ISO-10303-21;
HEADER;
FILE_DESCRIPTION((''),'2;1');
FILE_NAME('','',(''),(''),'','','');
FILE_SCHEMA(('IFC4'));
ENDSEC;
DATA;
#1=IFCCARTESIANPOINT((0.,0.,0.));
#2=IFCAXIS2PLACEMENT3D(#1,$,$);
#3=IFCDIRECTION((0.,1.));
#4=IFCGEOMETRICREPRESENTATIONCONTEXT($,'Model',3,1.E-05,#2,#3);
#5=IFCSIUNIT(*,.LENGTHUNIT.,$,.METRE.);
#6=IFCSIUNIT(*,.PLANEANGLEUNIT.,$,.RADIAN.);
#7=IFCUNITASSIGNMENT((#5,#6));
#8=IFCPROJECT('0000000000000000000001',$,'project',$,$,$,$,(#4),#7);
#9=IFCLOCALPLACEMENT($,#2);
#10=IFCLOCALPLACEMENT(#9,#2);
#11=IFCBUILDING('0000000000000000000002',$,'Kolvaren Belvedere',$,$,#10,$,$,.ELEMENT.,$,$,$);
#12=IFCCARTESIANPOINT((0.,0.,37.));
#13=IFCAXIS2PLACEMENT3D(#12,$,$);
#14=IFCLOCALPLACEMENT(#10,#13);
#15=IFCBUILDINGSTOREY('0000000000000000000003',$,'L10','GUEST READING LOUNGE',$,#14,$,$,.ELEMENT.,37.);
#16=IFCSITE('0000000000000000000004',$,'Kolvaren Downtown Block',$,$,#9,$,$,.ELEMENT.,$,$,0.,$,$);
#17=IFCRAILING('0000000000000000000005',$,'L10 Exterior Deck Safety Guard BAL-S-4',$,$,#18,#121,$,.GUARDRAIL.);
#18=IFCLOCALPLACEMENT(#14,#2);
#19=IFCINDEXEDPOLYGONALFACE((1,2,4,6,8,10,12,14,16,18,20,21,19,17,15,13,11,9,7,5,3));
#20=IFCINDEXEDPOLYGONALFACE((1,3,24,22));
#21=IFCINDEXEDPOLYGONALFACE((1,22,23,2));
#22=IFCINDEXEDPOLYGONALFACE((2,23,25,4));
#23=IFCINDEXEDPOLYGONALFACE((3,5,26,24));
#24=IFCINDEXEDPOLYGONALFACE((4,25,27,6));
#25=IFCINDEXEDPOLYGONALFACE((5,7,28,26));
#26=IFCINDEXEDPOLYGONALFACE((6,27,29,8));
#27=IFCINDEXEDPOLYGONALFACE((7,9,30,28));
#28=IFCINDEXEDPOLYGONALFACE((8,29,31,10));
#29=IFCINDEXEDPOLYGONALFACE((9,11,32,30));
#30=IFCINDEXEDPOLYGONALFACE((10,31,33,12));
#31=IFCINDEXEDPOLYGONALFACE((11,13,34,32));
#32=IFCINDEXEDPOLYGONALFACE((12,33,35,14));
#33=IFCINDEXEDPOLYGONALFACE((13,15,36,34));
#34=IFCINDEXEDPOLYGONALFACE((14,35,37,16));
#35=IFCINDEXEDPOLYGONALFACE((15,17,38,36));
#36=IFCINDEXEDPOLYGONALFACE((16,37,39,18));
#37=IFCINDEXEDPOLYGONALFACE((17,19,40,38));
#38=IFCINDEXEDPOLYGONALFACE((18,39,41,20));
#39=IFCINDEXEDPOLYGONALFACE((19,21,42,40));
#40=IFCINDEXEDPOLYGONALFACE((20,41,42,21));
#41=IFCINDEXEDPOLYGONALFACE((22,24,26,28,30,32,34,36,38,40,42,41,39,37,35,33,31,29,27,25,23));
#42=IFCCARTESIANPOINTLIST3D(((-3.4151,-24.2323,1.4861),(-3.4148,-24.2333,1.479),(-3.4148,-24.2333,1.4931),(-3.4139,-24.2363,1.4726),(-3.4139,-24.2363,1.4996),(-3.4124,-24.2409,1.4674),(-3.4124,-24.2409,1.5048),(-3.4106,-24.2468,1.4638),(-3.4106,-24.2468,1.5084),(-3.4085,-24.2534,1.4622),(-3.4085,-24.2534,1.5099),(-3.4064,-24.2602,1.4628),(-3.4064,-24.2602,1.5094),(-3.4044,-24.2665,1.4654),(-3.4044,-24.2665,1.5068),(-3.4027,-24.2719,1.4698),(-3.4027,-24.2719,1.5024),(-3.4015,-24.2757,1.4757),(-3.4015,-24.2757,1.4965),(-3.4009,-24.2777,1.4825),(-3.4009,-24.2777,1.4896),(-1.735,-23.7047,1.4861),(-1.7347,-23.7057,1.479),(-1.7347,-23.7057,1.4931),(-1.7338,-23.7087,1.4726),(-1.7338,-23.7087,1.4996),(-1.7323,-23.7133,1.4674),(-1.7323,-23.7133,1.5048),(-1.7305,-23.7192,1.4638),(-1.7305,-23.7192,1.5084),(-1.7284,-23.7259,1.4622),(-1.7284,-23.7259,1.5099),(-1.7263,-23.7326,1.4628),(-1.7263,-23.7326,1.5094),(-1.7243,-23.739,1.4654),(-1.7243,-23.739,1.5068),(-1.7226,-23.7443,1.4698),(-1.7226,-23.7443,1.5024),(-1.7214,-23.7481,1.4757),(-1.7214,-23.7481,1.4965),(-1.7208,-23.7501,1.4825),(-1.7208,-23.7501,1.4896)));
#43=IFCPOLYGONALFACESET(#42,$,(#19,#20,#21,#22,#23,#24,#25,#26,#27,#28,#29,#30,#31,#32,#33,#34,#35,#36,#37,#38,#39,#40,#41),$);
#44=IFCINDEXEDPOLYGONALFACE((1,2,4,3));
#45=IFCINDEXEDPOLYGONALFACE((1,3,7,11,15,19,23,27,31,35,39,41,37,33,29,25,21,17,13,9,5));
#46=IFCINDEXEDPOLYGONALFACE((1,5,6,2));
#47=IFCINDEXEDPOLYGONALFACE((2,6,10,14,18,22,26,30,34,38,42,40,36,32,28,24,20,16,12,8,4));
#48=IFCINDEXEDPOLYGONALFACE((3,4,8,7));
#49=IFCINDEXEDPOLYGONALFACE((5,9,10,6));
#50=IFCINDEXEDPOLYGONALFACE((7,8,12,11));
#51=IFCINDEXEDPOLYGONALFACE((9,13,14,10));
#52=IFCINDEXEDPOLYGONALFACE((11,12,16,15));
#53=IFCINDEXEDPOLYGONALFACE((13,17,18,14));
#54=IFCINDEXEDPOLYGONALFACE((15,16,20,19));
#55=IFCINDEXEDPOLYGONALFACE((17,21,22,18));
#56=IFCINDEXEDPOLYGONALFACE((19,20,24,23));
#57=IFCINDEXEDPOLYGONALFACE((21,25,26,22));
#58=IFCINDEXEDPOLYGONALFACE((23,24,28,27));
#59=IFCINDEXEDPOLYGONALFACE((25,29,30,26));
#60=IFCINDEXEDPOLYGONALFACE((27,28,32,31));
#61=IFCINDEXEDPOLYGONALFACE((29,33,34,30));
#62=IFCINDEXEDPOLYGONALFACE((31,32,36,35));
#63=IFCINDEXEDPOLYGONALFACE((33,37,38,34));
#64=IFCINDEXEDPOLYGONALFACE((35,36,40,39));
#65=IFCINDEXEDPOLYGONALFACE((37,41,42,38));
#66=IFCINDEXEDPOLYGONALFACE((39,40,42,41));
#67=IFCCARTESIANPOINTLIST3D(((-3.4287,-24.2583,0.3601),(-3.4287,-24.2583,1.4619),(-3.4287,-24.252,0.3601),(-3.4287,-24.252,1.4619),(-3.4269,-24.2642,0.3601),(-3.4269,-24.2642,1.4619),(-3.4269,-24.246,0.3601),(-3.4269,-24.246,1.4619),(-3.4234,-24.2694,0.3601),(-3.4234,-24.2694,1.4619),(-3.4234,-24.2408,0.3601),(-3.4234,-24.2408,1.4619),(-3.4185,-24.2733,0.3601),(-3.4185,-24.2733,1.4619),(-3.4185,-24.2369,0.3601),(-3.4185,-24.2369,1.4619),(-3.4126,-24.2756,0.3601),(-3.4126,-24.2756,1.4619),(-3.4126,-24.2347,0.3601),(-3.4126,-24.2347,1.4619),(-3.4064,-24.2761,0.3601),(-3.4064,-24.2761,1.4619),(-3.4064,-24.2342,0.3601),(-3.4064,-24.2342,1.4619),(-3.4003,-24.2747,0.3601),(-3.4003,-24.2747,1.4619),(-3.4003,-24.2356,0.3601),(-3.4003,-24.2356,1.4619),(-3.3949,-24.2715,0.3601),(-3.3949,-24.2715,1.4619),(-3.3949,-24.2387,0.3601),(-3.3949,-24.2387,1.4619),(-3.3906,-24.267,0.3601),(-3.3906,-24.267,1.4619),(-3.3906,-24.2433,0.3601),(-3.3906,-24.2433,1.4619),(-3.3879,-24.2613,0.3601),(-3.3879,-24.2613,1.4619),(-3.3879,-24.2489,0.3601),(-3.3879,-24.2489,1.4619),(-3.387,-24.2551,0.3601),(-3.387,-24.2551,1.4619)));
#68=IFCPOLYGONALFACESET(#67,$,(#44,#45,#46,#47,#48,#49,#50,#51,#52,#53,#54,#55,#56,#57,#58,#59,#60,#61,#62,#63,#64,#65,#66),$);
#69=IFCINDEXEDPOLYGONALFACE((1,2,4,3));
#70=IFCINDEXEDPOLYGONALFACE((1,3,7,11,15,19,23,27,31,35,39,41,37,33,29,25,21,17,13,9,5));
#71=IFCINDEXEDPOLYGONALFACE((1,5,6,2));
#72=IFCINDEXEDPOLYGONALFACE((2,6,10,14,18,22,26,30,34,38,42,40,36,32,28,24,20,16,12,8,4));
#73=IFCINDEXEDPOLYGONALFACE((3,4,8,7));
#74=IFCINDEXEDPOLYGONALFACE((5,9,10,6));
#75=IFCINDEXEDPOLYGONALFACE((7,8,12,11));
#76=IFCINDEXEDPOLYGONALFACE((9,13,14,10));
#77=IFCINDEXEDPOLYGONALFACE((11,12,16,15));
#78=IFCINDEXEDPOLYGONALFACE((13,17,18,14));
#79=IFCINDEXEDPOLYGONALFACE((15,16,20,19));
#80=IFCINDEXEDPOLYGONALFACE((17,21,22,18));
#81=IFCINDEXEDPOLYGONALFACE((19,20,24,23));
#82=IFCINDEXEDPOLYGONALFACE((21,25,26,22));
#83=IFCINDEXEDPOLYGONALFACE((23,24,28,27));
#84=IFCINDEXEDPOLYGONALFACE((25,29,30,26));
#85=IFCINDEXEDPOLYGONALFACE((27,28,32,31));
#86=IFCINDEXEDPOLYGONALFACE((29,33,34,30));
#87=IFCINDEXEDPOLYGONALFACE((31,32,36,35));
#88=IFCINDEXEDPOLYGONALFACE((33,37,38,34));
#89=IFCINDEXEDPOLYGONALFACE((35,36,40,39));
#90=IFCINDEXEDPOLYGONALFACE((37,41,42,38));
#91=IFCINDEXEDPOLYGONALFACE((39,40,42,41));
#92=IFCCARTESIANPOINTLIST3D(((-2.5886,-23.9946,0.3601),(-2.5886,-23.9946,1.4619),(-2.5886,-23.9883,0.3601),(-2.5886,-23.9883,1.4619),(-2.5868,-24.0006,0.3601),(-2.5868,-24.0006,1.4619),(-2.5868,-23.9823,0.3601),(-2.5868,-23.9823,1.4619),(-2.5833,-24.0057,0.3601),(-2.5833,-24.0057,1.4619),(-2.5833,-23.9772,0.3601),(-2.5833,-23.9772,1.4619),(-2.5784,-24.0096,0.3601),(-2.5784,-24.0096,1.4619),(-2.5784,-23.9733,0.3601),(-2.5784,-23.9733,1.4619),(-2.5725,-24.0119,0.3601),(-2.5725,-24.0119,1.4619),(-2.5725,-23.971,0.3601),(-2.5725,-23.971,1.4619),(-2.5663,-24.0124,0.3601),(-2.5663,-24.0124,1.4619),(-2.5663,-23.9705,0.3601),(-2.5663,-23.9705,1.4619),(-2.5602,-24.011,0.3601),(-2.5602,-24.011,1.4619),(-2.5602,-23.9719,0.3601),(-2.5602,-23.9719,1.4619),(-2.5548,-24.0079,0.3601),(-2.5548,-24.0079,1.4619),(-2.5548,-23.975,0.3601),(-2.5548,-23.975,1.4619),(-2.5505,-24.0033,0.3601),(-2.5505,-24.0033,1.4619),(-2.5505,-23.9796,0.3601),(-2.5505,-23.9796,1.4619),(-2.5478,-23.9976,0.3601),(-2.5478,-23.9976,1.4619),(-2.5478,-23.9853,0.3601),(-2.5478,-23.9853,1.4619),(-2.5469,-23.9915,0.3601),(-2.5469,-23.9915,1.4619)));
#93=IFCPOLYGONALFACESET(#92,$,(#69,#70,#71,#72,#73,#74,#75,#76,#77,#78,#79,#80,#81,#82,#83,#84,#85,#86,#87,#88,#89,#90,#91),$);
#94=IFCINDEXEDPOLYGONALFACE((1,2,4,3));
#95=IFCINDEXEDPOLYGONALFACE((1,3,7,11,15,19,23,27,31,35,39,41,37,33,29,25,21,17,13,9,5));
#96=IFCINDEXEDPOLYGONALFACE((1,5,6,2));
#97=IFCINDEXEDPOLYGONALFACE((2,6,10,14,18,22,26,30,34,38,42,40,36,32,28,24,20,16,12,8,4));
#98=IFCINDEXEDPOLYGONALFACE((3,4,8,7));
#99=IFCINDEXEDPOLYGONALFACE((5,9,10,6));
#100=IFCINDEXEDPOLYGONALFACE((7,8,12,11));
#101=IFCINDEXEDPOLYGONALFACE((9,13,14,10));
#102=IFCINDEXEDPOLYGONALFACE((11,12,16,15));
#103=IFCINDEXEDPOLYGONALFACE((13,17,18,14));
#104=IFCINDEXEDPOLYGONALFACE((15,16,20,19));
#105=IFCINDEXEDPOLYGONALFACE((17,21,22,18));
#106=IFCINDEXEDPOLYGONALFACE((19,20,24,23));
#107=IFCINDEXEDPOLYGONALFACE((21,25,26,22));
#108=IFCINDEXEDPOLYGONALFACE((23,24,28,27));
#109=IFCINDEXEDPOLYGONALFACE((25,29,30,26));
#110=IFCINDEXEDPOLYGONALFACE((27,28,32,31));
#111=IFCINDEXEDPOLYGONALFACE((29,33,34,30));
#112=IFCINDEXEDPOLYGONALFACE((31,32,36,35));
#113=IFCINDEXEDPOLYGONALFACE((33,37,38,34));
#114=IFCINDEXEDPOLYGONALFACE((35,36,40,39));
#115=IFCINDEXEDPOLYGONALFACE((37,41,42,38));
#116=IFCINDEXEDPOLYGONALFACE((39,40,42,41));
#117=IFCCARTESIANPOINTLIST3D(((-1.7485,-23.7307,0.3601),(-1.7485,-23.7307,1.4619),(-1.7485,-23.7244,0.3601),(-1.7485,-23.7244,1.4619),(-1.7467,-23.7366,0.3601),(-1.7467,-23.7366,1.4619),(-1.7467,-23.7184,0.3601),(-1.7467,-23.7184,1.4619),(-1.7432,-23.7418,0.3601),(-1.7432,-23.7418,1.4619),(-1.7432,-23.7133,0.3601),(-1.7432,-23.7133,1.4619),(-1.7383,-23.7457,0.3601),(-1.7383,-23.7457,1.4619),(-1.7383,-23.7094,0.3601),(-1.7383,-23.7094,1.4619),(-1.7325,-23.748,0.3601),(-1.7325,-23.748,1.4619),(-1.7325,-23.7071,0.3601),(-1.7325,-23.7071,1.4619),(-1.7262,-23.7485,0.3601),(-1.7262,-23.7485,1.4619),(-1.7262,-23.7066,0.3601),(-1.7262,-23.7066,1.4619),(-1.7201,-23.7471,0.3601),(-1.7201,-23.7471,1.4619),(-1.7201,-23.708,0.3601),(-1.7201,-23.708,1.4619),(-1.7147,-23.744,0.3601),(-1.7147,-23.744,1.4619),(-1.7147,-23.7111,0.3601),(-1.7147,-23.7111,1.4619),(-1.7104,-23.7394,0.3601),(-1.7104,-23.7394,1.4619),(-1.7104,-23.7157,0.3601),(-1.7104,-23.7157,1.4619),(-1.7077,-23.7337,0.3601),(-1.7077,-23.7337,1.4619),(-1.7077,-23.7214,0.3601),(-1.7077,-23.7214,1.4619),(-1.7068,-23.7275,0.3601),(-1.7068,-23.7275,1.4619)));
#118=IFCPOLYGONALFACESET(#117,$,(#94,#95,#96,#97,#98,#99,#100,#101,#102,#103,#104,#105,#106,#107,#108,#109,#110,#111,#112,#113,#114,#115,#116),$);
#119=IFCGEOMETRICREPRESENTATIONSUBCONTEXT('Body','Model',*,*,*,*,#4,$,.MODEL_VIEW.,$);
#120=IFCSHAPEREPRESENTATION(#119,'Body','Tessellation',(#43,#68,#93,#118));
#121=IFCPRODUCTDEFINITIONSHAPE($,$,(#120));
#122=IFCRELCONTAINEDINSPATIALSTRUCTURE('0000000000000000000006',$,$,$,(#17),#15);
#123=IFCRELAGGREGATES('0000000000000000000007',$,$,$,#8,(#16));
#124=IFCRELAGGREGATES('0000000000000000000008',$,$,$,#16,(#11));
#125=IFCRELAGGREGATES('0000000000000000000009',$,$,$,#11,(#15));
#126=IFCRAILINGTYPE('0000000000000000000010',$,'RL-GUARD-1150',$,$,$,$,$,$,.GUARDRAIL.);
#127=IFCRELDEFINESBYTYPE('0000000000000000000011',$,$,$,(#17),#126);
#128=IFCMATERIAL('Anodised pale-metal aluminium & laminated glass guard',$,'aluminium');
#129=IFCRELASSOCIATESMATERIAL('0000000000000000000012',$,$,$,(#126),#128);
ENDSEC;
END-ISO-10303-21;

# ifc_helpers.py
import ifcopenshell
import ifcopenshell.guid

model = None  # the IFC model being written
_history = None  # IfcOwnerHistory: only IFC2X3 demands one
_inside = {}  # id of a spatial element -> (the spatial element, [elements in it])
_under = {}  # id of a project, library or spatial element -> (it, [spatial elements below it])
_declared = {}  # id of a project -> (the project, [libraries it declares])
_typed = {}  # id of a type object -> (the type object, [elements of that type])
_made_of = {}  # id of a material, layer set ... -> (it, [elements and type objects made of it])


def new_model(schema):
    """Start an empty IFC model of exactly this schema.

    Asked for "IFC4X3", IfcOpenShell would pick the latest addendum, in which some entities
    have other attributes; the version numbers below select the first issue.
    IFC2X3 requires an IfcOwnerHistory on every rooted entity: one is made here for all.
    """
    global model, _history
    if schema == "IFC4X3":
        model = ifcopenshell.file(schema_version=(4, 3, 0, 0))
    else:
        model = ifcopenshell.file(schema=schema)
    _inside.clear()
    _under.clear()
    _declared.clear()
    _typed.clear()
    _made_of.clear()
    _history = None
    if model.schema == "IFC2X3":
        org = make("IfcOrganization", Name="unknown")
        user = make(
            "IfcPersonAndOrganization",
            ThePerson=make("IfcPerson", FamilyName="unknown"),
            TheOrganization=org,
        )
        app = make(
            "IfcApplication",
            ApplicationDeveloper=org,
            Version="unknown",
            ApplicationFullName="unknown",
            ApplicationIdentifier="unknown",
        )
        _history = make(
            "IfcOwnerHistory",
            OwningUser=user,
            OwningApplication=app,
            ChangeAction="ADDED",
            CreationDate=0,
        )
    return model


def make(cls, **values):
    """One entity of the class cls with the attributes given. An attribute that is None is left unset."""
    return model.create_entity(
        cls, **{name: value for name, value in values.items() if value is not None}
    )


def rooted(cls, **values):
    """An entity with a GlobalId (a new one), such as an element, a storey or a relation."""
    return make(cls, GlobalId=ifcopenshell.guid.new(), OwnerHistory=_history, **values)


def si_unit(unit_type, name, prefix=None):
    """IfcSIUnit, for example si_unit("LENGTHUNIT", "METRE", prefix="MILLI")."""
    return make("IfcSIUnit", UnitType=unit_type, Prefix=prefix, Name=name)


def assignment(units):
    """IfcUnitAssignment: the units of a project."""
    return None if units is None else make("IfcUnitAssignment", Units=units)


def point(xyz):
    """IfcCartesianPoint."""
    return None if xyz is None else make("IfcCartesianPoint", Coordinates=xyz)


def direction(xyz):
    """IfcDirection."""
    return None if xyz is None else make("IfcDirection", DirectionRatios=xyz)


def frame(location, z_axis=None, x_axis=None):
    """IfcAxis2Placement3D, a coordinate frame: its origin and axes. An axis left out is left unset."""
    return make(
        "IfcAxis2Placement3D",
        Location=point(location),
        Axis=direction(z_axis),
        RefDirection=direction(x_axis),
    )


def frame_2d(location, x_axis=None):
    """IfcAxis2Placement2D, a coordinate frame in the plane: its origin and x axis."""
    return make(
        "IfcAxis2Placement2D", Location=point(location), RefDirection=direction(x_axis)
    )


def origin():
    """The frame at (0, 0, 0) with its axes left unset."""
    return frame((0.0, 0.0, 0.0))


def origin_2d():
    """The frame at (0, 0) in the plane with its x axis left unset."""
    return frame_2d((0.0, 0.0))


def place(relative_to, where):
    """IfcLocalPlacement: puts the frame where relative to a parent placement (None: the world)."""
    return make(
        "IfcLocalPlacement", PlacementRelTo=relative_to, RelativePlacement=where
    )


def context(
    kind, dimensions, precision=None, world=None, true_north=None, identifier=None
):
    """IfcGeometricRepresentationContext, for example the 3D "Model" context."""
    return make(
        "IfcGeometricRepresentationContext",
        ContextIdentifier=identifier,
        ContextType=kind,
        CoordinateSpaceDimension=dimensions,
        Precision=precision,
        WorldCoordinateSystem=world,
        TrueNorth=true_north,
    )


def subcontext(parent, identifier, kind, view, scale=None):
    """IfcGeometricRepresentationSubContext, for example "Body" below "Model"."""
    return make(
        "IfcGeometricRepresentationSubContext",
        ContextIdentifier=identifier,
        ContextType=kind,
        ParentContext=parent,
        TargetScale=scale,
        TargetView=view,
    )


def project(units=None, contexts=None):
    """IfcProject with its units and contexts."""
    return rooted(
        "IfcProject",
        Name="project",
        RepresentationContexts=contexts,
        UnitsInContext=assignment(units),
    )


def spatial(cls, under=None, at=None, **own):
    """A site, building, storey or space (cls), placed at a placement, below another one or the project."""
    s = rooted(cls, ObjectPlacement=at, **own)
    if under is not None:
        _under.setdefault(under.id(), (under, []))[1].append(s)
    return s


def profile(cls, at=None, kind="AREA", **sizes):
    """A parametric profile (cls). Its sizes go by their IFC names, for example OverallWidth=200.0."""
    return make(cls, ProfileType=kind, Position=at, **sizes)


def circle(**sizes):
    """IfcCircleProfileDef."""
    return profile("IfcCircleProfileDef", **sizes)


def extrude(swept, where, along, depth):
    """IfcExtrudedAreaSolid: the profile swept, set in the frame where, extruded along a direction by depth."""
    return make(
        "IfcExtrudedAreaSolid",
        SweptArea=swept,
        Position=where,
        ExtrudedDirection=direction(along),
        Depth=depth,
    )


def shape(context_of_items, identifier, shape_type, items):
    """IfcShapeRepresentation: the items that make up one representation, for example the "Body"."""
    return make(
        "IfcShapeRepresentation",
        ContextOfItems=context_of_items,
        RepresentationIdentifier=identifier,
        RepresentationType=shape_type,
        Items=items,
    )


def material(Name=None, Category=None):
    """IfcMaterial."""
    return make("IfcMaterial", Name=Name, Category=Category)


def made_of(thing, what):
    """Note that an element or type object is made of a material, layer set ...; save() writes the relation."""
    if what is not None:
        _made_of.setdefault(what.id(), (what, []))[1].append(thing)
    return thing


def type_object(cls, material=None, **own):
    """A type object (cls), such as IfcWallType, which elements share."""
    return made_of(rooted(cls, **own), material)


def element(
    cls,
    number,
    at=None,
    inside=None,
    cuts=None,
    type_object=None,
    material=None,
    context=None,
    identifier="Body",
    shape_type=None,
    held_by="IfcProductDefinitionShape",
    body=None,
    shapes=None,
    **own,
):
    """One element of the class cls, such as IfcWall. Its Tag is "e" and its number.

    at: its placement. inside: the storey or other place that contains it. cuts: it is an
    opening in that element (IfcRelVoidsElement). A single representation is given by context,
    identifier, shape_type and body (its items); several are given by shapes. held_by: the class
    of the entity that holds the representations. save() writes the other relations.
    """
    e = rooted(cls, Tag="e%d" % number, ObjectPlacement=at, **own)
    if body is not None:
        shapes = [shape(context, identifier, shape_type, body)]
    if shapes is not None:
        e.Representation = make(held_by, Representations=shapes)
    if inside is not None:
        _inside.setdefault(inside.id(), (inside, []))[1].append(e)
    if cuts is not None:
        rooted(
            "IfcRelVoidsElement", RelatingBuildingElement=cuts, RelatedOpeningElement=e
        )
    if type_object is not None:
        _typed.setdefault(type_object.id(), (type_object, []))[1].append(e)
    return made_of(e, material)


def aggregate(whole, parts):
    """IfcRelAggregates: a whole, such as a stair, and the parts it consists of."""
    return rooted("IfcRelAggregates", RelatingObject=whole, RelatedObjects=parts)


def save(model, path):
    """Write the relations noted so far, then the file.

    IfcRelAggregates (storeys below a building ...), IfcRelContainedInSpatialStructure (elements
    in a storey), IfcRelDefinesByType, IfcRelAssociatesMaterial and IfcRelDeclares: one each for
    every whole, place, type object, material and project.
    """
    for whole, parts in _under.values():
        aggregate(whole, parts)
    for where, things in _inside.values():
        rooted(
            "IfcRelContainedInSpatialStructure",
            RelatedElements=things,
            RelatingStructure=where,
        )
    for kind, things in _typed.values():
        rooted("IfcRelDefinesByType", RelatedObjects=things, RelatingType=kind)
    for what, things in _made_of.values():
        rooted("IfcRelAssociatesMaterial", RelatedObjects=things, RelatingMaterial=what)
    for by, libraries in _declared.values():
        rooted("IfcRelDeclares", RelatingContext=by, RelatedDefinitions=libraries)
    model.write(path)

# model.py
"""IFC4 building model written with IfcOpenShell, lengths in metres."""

from ifc_helpers import new_model, si_unit, direction, frame, origin, origin_2d, place, context, subcontext, project, spatial, circle, extrude, material, type_object, element, save


model = new_model("IFC4")

# Units and contexts
model_context = context("Model", 3, precision=1e-05, world=origin(), true_north=direction((0.0, 1.0)))
body_context = subcontext(model_context, "Body", "Model", "MODEL_VIEW")
ifc_project = project(units=[si_unit("LENGTHUNIT", "METRE"), si_unit("PLANEANGLEUNIT", "RADIAN")], contexts=[model_context])

# Site, building, storey
site_placement = place(None, origin())
site = spatial("IfcSite", under=ifc_project, at=site_placement, Name="Kolvaren Downtown Block", CompositionType="ELEMENT", RefElevation=0.0)
building_placement = place(site_placement, origin())
building = spatial("IfcBuilding", under=site, at=building_placement, Name="Kolvaren Belvedere", CompositionType="ELEMENT")
storey_placement = place(building_placement, frame((0.0, 0.0, 37.0)))
storey = spatial("IfcBuildingStorey", under=building, at=storey_placement, Name="L10", Description="GUEST READING LOUNGE", CompositionType="ELEMENT", Elevation=37.0)

# Railing
ifc_material_1 = material(Name="Anodised pale-metal aluminium & laminated glass guard", Category="aluminium")
railing_type = type_object("IfcRailingType", Name="RL-GUARD-1150", PredefinedType="GUARDRAIL", material=ifc_material_1)
railing_1_placement = place(storey_placement, frame((-3.408, -24.2551, 0.3601)))
element("IfcRailing", 1, at=railing_1_placement, inside=storey, type_object=railing_type, Name="L10 Exterior Deck Safety Guard BAL-S-4", PredefinedType="GUARDRAIL", context=body_context, shape_type="SweptSolid", body=[
    extrude(circle(Radius=0.0239, at=origin_2d()), frame((0.0, 0.0, 1.126), z_axis=(0.95407, 0.299585, 0.0), x_axis=(-0.299585, 0.95407, 0.0)), (0.0, 0.0, 1.0), 1.761),
    extrude(circle(Radius=0.021, at=origin_2d()), origin(), (0.0, 0.0, 1.0), 1.1018),
    extrude(circle(Radius=0.021, at=origin_2d()), frame((0.8401, 0.2637, 0.0)), (0.0, 0.0, 1.0), 1.1018),
    extrude(circle(Radius=0.021, at=origin_2d()), frame((1.6802, 0.5276, 0.0)), (0.0, 0.0, 1.0), 1.1018),
])

save(model, "model.ifc")
